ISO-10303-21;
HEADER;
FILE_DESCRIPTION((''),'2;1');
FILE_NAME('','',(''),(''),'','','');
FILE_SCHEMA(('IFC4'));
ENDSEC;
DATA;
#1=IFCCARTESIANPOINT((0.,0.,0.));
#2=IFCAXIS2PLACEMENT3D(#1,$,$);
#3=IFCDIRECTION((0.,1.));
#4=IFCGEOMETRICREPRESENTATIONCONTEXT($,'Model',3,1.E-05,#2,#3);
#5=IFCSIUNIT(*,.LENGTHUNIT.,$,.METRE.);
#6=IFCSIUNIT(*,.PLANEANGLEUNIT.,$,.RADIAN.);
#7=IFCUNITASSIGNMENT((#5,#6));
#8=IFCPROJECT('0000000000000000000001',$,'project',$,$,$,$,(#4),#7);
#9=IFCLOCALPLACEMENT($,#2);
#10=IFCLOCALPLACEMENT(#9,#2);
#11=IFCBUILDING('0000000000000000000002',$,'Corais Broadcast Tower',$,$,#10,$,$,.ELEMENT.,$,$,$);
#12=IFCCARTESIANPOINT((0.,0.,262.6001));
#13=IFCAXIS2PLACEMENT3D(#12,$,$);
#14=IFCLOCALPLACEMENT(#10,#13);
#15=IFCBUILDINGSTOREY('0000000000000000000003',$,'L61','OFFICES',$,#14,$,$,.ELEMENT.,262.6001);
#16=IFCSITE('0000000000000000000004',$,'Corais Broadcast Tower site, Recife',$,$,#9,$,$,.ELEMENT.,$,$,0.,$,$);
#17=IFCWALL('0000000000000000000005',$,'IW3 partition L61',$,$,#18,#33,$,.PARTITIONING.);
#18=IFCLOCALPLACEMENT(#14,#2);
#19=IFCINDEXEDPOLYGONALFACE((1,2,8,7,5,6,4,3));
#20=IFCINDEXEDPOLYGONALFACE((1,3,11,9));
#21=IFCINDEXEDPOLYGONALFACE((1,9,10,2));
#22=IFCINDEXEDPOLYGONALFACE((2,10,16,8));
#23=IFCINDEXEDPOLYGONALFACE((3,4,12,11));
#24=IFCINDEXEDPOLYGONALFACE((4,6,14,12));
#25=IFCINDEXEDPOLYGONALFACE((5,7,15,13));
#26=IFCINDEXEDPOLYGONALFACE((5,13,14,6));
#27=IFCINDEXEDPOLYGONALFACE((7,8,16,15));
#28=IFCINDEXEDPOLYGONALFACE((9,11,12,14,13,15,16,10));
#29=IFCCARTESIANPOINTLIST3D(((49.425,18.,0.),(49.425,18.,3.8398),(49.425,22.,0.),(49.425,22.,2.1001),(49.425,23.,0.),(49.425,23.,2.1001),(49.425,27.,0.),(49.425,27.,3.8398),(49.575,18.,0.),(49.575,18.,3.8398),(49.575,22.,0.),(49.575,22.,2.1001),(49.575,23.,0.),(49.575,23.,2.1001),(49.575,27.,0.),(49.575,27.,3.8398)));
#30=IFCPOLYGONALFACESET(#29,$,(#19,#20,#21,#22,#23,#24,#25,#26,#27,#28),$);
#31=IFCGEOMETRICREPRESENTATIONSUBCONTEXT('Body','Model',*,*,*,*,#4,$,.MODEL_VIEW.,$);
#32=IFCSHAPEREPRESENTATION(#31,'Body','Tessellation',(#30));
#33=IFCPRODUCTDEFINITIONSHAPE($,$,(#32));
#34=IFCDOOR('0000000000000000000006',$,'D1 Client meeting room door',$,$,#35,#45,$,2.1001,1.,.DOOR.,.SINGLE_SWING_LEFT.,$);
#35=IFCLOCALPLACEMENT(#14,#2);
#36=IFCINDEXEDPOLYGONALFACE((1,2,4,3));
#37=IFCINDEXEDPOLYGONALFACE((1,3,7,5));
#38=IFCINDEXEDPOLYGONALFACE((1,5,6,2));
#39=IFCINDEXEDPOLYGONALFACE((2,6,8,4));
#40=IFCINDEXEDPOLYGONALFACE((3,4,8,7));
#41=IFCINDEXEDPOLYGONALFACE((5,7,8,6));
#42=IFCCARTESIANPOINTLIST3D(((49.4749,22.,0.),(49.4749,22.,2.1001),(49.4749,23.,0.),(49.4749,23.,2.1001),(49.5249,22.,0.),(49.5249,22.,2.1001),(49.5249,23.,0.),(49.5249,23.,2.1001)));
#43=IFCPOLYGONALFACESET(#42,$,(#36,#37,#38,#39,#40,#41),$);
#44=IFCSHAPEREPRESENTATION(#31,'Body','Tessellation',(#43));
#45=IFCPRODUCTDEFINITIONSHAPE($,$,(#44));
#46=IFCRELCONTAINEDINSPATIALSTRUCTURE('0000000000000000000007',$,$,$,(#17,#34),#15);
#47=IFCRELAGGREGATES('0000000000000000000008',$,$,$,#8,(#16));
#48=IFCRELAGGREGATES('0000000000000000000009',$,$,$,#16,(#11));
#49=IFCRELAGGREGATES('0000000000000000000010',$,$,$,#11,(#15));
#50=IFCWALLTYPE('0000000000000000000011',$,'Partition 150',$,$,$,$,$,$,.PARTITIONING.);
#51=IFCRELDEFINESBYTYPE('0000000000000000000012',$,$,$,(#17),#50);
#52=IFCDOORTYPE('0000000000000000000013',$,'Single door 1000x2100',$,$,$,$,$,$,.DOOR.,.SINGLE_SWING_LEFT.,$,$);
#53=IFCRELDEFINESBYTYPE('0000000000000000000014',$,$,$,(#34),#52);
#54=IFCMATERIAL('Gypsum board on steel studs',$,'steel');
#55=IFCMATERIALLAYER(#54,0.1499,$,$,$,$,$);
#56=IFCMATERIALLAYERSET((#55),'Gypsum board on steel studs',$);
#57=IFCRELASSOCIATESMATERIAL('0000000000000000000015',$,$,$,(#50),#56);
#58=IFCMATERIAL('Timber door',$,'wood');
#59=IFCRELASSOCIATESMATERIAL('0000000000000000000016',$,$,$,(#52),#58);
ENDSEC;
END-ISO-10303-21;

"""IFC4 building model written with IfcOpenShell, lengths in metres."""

from ifc_helpers import new_model, si_unit, direction, frame, frame_2d, origin, place, context, subcontext, project, spatial, rectangle, extrude, material, layer, layer_set, type_object, element, fill, save


model = new_model("IFC4")

# Units and contexts
model_context = context("Model", 3, precision=1e-05, world=origin(), true_north=direction((0.0, 1.0)))
body_context = subcontext(model_context, "Body", "Model", "MODEL_VIEW")
ifc_project = project(units=[si_unit("LENGTHUNIT", "METRE"), si_unit("PLANEANGLEUNIT", "RADIAN")], contexts=[model_context])

# Site, building, storey
site_placement = place(None, origin())
site = spatial("IfcSite", under=ifc_project, at=site_placement, Name="Corais Broadcast Tower site, Recife", CompositionType="ELEMENT", RefElevation=0.0)
building_placement = place(site_placement, origin())
building = spatial("IfcBuilding", under=site, at=building_placement, Name="Corais Broadcast Tower", CompositionType="ELEMENT")
storey_placement = place(building_placement, frame((0.0, 0.0, 262.6001)))
storey = spatial("IfcBuildingStorey", under=building, at=storey_placement, Name="L61", Description="OFFICES", CompositionType="ELEMENT", Elevation=262.6001)

# Shared definitions
ifc_material_1 = material(Name="Gypsum board on steel studs", Category="steel")
ifc_layer_1 = layer(ifc_material_1, 0.1499)
ifc_layer_set_1 = layer_set([ifc_layer_1], Name="Gypsum board on steel studs")
wall_type = type_object("IfcWallType", Name="Partition 150", PredefinedType="PARTITIONING", material=ifc_layer_set_1)

# Wall, opening, door
wall_placement = place(storey_placement, frame((49.5, 27.0, 0.0), z_axis=(0.0, 0.0, 1.0), x_axis=(0.0, -1.0, 0.0)))
wall = element("IfcWall", 1, at=wall_placement, inside=storey, type_object=wall_type, Name="IW3 partition L61", PredefinedType="PARTITIONING", context=body_context, shape_type="SweptSolid", body=[
    extrude(rectangle(XDim=9.0, YDim=0.1499, at=frame_2d((4.5, 0.0))), origin(), (0.0, 0.0, 1.0), 3.8398),
])
opening_placement = place(wall_placement, frame((4.0, 0.0, 0.0)))
opening = element("IfcOpeningElement", 2, at=opening_placement, cuts=wall, PredefinedType="OPENING", context=body_context, shape_type="SweptSolid", body=[
    extrude(rectangle(XDim=1.0, YDim=2.1001, at=frame_2d((0.5, 1.05))), frame((0.0, 0.085, 0.0), z_axis=(0.0, -1.0, 0.0), x_axis=(1.0, 0.0, 0.0)), (0.0, 0.0, 1.0), 0.1699),
])
ifc_material_2 = material(Name="Timber door", Category="wood")
door_type = type_object("IfcDoorType", Name="Single door 1000x2100", OperationType="SINGLE_SWING_LEFT", PredefinedType="DOOR", material=ifc_material_2)
door_placement = place(opening_placement, origin())
door = element("IfcDoor", 3, at=door_placement, inside=storey, type_object=door_type, Name="D1 Client meeting room door", OperationType="SINGLE_SWING_LEFT", OverallHeight=2.1001, OverallWidth=1.0, PredefinedType="DOOR", context=body_context, shape_type="SweptSolid", body=[
    extrude(rectangle(XDim=1.0, YDim=2.1001, at=frame_2d((0.5, 1.05))), frame((0.0, 0.0249, 0.0), z_axis=(0.0, -1.0, 0.0), x_axis=(1.0, 0.0, 0.0)), (0.0, 0.0, 1.0), 0.05),
])
fill(opening, door)

save(model, "model.ifc")
